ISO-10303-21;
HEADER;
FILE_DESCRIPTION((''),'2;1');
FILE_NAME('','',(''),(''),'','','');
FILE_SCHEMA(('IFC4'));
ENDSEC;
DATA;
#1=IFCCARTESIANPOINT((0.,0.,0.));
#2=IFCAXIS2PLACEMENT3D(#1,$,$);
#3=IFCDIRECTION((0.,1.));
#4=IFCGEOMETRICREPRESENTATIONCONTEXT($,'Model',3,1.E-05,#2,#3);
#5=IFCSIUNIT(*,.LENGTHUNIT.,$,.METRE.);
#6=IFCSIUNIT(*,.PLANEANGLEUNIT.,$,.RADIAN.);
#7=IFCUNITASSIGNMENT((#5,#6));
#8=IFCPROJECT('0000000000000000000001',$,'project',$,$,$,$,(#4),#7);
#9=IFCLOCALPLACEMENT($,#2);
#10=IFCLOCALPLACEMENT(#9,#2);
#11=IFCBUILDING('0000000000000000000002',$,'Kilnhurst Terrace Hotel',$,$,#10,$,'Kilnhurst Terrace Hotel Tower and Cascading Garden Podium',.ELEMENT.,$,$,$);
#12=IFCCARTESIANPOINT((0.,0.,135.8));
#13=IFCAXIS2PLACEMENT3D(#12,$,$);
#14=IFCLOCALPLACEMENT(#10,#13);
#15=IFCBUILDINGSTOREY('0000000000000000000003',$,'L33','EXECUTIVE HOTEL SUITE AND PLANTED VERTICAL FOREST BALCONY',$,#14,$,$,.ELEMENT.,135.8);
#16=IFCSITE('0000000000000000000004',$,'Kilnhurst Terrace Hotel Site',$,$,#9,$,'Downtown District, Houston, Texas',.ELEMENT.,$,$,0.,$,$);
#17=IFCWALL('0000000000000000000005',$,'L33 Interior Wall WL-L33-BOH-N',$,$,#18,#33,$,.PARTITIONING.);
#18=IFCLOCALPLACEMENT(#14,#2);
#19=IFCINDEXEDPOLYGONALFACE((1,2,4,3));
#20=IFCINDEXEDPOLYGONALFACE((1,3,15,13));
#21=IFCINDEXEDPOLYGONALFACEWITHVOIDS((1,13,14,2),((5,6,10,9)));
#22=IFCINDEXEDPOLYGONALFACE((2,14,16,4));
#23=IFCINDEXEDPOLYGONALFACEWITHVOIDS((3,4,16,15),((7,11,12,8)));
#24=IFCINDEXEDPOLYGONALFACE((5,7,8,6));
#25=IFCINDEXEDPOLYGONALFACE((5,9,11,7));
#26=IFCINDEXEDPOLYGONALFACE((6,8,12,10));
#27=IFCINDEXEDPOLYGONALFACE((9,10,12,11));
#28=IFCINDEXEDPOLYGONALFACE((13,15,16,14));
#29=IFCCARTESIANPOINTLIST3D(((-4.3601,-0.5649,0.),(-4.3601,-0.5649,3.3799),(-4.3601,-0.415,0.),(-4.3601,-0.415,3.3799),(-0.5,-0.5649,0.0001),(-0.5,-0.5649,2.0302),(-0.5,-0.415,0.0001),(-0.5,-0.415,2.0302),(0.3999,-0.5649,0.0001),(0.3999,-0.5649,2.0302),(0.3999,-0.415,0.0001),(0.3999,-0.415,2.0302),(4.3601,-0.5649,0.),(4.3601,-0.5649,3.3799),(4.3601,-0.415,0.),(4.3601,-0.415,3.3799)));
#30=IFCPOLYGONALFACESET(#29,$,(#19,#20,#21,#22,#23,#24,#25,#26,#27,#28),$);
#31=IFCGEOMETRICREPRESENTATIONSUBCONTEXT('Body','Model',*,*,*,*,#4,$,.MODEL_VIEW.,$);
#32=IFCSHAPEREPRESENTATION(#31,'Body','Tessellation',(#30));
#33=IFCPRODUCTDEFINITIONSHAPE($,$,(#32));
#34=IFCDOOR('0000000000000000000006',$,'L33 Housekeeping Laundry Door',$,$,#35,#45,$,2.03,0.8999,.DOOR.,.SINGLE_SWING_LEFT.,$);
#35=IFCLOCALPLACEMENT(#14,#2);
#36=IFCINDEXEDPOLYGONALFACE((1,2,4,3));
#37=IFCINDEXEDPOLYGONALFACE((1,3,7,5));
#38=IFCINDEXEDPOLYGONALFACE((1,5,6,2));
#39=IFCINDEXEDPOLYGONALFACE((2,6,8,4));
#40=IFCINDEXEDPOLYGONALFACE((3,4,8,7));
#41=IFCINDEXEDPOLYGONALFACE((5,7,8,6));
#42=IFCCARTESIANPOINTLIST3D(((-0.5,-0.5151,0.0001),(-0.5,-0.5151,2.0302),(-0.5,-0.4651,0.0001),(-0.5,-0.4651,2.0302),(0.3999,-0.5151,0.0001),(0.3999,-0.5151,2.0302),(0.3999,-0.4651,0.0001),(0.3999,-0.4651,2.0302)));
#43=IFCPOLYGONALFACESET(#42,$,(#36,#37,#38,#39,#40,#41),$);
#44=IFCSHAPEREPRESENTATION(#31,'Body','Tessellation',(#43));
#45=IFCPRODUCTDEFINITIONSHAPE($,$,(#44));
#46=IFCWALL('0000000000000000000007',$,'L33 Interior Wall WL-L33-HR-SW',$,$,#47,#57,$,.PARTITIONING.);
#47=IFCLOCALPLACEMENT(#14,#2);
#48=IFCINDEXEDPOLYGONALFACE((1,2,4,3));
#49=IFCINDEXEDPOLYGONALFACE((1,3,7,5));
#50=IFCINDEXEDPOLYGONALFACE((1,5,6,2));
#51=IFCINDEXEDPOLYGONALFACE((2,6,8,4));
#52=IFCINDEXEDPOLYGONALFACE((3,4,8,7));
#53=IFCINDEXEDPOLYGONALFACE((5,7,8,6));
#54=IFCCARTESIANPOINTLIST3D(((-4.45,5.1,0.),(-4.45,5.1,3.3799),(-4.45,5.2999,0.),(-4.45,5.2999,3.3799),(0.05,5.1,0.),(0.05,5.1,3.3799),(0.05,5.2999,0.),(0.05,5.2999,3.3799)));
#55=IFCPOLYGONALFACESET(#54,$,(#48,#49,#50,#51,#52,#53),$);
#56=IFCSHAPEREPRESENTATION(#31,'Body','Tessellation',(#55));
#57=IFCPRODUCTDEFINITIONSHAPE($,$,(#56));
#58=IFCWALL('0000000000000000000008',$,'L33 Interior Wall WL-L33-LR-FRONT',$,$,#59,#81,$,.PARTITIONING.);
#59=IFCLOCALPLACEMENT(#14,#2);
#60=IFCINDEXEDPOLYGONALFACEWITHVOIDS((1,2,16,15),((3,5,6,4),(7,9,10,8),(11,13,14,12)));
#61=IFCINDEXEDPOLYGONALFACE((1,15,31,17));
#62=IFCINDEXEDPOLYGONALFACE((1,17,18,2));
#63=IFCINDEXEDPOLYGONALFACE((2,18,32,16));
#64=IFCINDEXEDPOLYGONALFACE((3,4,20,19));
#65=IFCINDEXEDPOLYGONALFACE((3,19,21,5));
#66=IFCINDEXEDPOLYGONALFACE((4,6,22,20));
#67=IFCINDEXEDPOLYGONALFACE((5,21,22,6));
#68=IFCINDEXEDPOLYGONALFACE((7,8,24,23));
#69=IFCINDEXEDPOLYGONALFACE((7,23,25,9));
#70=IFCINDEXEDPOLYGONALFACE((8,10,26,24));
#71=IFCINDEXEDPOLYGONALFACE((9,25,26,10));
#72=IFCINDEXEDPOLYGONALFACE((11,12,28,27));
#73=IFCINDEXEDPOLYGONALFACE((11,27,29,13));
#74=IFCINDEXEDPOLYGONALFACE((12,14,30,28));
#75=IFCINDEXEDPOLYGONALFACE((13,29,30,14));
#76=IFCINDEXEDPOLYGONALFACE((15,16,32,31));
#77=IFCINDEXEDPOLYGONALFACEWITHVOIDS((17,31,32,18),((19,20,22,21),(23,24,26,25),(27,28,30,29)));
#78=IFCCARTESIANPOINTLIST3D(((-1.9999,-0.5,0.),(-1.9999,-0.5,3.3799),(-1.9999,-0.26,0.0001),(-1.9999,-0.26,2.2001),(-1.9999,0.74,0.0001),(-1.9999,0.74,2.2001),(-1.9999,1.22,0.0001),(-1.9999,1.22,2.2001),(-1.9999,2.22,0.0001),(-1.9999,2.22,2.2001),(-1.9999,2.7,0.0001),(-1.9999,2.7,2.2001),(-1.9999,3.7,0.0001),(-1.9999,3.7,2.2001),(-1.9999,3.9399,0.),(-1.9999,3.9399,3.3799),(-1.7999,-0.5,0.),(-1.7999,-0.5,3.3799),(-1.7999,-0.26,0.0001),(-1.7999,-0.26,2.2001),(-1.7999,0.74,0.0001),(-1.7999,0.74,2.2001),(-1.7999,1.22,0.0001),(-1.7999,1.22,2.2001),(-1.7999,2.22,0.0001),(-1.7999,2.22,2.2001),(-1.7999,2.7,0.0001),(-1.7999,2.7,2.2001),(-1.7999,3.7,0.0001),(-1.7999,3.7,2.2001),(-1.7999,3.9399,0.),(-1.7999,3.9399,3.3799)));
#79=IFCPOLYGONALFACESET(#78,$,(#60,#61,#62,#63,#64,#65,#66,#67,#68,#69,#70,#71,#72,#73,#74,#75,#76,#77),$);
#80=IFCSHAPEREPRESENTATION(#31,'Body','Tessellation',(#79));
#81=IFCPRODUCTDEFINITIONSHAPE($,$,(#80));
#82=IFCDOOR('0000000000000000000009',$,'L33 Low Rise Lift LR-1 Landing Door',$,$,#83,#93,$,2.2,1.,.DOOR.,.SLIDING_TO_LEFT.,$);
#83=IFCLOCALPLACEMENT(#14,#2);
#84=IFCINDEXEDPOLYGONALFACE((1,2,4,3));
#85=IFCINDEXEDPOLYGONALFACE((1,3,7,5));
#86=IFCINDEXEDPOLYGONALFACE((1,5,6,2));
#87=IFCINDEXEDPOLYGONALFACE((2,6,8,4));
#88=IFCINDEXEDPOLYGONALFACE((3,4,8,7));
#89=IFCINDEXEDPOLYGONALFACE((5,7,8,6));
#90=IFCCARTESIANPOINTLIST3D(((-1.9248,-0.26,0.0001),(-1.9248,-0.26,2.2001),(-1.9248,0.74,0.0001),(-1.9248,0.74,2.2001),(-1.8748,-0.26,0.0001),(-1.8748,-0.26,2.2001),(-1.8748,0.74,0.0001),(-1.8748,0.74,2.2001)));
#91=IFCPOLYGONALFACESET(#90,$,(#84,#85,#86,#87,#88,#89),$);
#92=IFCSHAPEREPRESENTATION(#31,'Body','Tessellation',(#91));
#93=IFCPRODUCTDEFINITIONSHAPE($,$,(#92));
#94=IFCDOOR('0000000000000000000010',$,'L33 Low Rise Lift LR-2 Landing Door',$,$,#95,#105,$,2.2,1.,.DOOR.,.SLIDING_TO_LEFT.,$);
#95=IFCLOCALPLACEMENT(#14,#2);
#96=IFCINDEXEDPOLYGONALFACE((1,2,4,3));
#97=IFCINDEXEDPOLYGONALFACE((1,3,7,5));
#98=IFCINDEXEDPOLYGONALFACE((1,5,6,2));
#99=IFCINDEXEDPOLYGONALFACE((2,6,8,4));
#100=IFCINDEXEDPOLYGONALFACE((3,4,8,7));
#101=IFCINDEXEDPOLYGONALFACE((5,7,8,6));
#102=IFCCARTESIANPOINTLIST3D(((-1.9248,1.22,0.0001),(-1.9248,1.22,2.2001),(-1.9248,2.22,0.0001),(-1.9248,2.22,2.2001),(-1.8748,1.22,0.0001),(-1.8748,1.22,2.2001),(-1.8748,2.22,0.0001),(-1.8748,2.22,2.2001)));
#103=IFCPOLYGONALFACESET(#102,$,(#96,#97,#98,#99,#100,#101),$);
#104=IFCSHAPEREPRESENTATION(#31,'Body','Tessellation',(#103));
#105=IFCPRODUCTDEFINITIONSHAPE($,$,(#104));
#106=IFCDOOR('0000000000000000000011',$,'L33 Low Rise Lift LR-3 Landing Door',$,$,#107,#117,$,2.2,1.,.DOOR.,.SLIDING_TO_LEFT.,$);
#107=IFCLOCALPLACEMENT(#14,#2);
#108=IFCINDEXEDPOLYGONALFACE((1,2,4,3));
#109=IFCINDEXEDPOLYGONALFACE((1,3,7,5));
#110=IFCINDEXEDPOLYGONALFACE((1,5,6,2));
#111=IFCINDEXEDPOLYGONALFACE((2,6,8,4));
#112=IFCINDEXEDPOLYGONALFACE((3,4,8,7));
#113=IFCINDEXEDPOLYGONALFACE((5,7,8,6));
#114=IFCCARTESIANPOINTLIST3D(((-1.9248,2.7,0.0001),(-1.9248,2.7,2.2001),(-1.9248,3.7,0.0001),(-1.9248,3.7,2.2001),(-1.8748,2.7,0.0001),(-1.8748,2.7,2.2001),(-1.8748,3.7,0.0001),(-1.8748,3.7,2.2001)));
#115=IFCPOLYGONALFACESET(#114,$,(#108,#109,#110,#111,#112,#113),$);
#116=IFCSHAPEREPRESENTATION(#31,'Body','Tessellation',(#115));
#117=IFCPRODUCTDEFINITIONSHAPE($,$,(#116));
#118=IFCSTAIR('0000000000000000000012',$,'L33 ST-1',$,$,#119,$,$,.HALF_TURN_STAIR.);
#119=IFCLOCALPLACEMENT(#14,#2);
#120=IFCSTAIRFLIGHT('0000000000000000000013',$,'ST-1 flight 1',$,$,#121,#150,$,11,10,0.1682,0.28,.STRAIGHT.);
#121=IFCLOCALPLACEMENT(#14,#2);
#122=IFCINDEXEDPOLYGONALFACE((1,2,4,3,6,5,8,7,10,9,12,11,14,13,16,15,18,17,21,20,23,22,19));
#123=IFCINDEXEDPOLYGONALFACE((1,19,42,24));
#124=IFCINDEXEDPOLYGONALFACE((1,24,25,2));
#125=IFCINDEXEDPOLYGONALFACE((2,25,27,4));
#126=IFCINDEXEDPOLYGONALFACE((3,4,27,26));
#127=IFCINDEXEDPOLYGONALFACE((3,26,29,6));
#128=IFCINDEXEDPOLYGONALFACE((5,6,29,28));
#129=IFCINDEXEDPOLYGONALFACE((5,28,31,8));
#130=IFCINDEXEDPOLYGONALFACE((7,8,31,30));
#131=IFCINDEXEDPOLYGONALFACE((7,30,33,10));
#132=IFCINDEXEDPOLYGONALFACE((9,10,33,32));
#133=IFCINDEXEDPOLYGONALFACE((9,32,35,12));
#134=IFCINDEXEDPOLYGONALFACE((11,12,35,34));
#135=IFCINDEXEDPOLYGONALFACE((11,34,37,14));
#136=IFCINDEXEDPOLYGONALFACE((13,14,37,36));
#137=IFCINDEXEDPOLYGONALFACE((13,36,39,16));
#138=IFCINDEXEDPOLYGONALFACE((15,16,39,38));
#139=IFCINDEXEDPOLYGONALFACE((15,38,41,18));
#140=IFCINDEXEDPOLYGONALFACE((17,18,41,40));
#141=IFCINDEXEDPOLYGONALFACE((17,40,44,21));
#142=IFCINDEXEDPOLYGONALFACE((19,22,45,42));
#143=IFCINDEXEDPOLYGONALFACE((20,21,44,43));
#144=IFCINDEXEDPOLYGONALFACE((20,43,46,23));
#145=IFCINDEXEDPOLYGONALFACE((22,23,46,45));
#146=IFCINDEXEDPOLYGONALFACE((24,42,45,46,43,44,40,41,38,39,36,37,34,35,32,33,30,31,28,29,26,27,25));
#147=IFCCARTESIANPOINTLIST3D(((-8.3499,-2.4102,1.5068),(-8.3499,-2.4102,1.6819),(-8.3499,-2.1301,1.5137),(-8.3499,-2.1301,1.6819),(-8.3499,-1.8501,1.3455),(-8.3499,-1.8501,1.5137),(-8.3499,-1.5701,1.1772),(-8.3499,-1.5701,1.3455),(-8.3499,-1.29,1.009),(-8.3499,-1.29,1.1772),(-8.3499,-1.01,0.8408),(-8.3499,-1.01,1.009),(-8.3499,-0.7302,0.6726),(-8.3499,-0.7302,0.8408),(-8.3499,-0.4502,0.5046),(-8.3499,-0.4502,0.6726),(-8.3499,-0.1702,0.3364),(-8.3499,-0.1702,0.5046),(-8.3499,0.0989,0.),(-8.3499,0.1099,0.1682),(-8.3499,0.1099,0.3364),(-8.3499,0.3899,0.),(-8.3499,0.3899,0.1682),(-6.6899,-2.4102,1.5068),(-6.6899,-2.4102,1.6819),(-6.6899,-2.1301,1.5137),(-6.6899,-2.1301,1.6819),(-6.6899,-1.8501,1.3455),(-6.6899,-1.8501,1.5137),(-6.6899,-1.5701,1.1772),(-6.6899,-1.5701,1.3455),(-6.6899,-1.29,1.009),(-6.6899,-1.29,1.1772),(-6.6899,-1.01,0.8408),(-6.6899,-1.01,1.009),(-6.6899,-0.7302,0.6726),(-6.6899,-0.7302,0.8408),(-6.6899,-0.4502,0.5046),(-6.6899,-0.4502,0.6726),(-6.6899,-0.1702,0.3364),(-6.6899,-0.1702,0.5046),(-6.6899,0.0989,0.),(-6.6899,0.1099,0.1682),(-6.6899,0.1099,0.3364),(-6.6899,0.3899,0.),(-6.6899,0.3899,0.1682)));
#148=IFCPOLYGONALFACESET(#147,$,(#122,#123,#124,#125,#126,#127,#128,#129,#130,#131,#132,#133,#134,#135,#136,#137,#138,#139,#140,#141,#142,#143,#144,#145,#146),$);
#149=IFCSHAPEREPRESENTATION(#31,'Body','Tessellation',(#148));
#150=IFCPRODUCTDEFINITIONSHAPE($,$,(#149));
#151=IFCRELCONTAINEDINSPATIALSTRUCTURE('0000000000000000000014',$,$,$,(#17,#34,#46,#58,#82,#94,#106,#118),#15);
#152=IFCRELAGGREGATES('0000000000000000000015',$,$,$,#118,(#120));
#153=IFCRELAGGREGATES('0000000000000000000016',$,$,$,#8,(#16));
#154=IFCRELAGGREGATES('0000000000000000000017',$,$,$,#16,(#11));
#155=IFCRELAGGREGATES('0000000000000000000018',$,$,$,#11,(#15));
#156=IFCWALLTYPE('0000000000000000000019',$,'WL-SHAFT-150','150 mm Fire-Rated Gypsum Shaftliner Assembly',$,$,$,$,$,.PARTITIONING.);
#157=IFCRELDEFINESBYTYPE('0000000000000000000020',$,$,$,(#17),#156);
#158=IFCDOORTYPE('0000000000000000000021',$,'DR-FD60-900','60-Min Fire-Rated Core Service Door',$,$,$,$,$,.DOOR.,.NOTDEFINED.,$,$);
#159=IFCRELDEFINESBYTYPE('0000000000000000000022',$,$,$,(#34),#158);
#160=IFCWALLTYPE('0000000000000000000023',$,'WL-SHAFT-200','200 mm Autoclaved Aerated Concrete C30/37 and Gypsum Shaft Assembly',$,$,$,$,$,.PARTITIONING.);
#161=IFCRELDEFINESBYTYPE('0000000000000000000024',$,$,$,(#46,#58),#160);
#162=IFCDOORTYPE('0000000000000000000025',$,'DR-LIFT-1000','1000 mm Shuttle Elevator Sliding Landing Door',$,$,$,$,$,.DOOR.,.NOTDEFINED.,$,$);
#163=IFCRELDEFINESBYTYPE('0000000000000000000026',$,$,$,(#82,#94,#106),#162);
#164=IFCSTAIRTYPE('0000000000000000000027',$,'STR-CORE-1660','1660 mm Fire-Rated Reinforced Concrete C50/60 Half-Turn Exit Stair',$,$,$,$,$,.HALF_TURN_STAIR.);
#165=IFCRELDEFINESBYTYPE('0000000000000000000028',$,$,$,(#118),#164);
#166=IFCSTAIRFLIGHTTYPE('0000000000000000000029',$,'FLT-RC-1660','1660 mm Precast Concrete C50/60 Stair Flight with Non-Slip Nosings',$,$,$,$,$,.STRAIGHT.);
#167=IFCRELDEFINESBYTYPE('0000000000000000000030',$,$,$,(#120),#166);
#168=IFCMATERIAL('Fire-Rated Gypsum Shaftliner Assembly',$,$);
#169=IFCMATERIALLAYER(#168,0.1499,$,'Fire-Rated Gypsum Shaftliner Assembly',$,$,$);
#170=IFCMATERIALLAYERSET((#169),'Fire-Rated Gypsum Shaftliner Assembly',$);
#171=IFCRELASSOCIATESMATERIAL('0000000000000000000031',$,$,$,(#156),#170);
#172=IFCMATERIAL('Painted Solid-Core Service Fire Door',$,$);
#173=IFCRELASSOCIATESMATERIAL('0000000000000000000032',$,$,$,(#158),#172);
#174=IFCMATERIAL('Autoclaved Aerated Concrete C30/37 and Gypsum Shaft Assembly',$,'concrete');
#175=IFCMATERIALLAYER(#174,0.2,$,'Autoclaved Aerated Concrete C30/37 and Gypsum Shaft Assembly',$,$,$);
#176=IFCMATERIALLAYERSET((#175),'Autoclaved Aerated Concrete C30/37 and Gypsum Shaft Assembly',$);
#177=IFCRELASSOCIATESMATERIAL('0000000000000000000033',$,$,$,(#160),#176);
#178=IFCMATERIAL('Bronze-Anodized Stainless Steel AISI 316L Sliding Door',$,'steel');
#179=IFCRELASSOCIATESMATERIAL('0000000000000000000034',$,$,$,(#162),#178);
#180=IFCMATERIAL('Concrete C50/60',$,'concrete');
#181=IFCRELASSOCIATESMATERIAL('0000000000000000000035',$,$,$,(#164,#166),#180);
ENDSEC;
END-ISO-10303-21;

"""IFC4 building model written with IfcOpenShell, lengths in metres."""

from ifc_helpers import new_model, si_unit, direction, frame, frame_2d, origin, place, context, subcontext, project, spatial, polyline, rectangle, outline, extrude, material, layer, layer_set, type_object, element, fill, aggregate, save


model = new_model("IFC4")

# Units and contexts
model_context = context("Model", 3, precision=1e-05, world=origin(), true_north=direction((0.0, 1.0)))
body_context = subcontext(model_context, "Body", "Model", "MODEL_VIEW")
ifc_project = project(units=[si_unit("LENGTHUNIT", "METRE"), si_unit("PLANEANGLEUNIT", "RADIAN")], contexts=[model_context])

# Site, building, storey
site_placement = place(None, origin())
site = spatial("IfcSite", under=ifc_project, at=site_placement, Name="Kilnhurst Terrace Hotel Site", LongName="Downtown District, Houston, Texas", CompositionType="ELEMENT", RefElevation=0.0)
building_placement = place(site_placement, origin())
building = spatial("IfcBuilding", under=site, at=building_placement, Name="Kilnhurst Terrace Hotel", LongName="Kilnhurst Terrace Hotel Tower and Cascading Garden Podium", CompositionType="ELEMENT")
storey_placement = place(building_placement, frame((0.0, 0.0, 135.8)))
storey = spatial("IfcBuildingStorey", under=building, at=storey_placement, Name="L33", Description="EXECUTIVE HOTEL SUITE AND PLANTED VERTICAL FOREST BALCONY", CompositionType="ELEMENT", Elevation=135.8)

# Shared definitions
ifc_material_1 = material(Name="Concrete C50/60", Category="concrete")

# Shared definitions
ifc_material_2 = material(Name="Fire-Rated Gypsum Shaftliner Assembly")
ifc_layer_1 = layer(ifc_material_2, 0.1499, Name="Fire-Rated Gypsum Shaftliner Assembly")
ifc_layer_set_1 = layer_set([ifc_layer_1], Name="Fire-Rated Gypsum Shaftliner Assembly")
wall_type_1 = type_object("IfcWallType", Name="WL-SHAFT-150", Description="150 mm Fire-Rated Gypsum Shaftliner Assembly", PredefinedType="PARTITIONING", material=ifc_layer_set_1)

# Wall, opening, door
wall_1_placement = place(storey_placement, frame((-4.3601, -0.49, 0.0), z_axis=(0.0, 0.0, 1.0), x_axis=(1.0, 0.0, 0.0)))
wall_1 = element("IfcWall", 1, at=wall_1_placement, inside=storey, type_object=wall_type_1, Name="L33 Interior Wall WL-L33-BOH-N", PredefinedType="PARTITIONING", context=body_context, shape_type="SweptSolid", body=[
    extrude(rectangle(XDim=8.7202, YDim=0.1499, at=frame_2d((4.3601, 0.0))), origin(), (0.0, 0.0, 1.0), 3.3799),
])
opening_1_placement = place(wall_1_placement, frame((3.8601, 0.0, 0.0)))
opening_1 = element("IfcOpeningElement", 2, at=opening_1_placement, cuts=wall_1, PredefinedType="OPENING", context=body_context, shape_type="SweptSolid", body=[
    extrude(rectangle(XDim=0.8999, YDim=2.03, at=frame_2d((0.45, 1.0151))), frame((0.0, 0.085, 0.0), z_axis=(0.0, -1.0, 0.0), x_axis=(1.0, 0.0, 0.0)), (0.0, 0.0, 1.0), 0.1699),
])
ifc_material_3 = material(Name="Painted Solid-Core Service Fire Door")
door_type_1 = type_object("IfcDoorType", Name="DR-FD60-900", Description="60-Min Fire-Rated Core Service Door", OperationType="NOTDEFINED", PredefinedType="DOOR", material=ifc_material_3)
door_1_placement = place(opening_1_placement, origin())
door_1 = element("IfcDoor", 3, at=door_1_placement, inside=storey, type_object=door_type_1, Name="L33 Housekeeping Laundry Door", OperationType="SINGLE_SWING_LEFT", OverallHeight=2.03, OverallWidth=0.8999, PredefinedType="DOOR", context=body_context, shape_type="SweptSolid", body=[
    extrude(rectangle(XDim=0.8999, YDim=2.03, at=frame_2d((0.45, 1.0151))), frame((0.0, 0.0249, 0.0), z_axis=(0.0, -1.0, 0.0), x_axis=(1.0, 0.0, 0.0)), (0.0, 0.0, 1.0), 0.05),
])
fill(opening_1, door_1)

# Wall
ifc_material_4 = material(Name="Autoclaved Aerated Concrete C30/37 and Gypsum Shaft Assembly", Category="concrete")
ifc_layer_2 = layer(ifc_material_4, 0.2, Name="Autoclaved Aerated Concrete C30/37 and Gypsum Shaft Assembly")
ifc_layer_set_2 = layer_set([ifc_layer_2], Name="Autoclaved Aerated Concrete C30/37 and Gypsum Shaft Assembly")
wall_type_2 = type_object("IfcWallType", Name="WL-SHAFT-200", Description="200 mm Autoclaved Aerated Concrete C30/37 and Gypsum Shaft Assembly", PredefinedType="PARTITIONING", material=ifc_layer_set_2)
wall_2_placement = place(storey_placement, frame((-4.45, 5.2, 0.0), z_axis=(0.0, 0.0, 1.0), x_axis=(1.0, 0.0, 0.0)))
element("IfcWall", 4, at=wall_2_placement, inside=storey, type_object=wall_type_2, Name="L33 Interior Wall WL-L33-HR-SW", PredefinedType="PARTITIONING", context=body_context, shape_type="SweptSolid", body=[
    extrude(rectangle(XDim=4.5, YDim=0.2, at=frame_2d((2.25, 0.0))), origin(), (0.0, 0.0, 1.0), 3.3799),
])

# Wall, openings, doors
wall_3_placement = place(storey_placement, frame((-1.8999, -0.5, 0.0), z_axis=(0.0, 0.0, 1.0), x_axis=(0.0, 1.0, 0.0)))
wall_3 = element("IfcWall", 5, at=wall_3_placement, inside=storey, type_object=wall_type_2, Name="L33 Interior Wall WL-L33-LR-FRONT", PredefinedType="PARTITIONING", context=body_context, shape_type="SweptSolid", body=[
    extrude(rectangle(XDim=4.4399, YDim=0.2, at=frame_2d((2.22, 0.0))), origin(), (0.0, 0.0, 1.0), 3.3799),
])
opening_2_placement = place(wall_3_placement, frame((0.24, 0.0, 0.0)))
opening_2 = element("IfcOpeningElement", 6, at=opening_2_placement, cuts=wall_3, PredefinedType="OPENING", context=body_context, shape_type="SweptSolid", body=[
    extrude(rectangle(XDim=1.0, YDim=2.2, at=frame_2d((0.5, 1.1001))), frame((0.0, 0.1099, 0.0), z_axis=(0.0, -1.0, 0.0), x_axis=(1.0, 0.0, 0.0)), (0.0, 0.0, 1.0), 0.22),
])
opening_3_placement = place(wall_3_placement, frame((1.72, 0.0, 0.0)))
opening_3 = element("IfcOpeningElement", 7, at=opening_3_placement, cuts=wall_3, PredefinedType="OPENING", context=body_context, shape_type="SweptSolid", body=[
    extrude(rectangle(XDim=1.0, YDim=2.2, at=frame_2d((0.5, 1.1001))), frame((0.0, 0.1099, 0.0), z_axis=(0.0, -1.0, 0.0), x_axis=(1.0, 0.0, 0.0)), (0.0, 0.0, 1.0), 0.22),
])
opening_4_placement = place(wall_3_placement, frame((3.2, 0.0, 0.0)))
opening_4 = element("IfcOpeningElement", 8, at=opening_4_placement, cuts=wall_3, PredefinedType="OPENING", context=body_context, shape_type="SweptSolid", body=[
    extrude(rectangle(XDim=1.0, YDim=2.2, at=frame_2d((0.5, 1.1001))), frame((0.0, 0.1099, 0.0), z_axis=(0.0, -1.0, 0.0), x_axis=(1.0, 0.0, 0.0)), (0.0, 0.0, 1.0), 0.22),
])
ifc_material_5 = material(Name="Bronze-Anodized Stainless Steel AISI 316L Sliding Door", Category="steel")
door_type_2 = type_object("IfcDoorType", Name="DR-LIFT-1000", Description="1000 mm Shuttle Elevator Sliding Landing Door", OperationType="NOTDEFINED", PredefinedType="DOOR", material=ifc_material_5)
door_2_placement = place(opening_2_placement, origin())
door_2 = element("IfcDoor", 9, at=door_2_placement, inside=storey, type_object=door_type_2, Name="L33 Low Rise Lift LR-1 Landing Door", OperationType="SLIDING_TO_LEFT", OverallHeight=2.2, OverallWidth=1.0, PredefinedType="DOOR", context=body_context, shape_type="SweptSolid", body=[
    extrude(rectangle(XDim=1.0, YDim=2.2, at=frame_2d((0.5, 1.1001))), frame((0.0, 0.0249, 0.0), z_axis=(0.0, -1.0, 0.0), x_axis=(1.0, 0.0, 0.0)), (0.0, 0.0, 1.0), 0.05),
])
fill(opening_2, door_2)
door_3_placement = place(opening_3_placement, origin())
door_3 = element("IfcDoor", 10, at=door_3_placement, inside=storey, type_object=door_type_2, Name="L33 Low Rise Lift LR-2 Landing Door", OperationType="SLIDING_TO_LEFT", OverallHeight=2.2, OverallWidth=1.0, PredefinedType="DOOR", context=body_context, shape_type="SweptSolid", body=[
    extrude(rectangle(XDim=1.0, YDim=2.2, at=frame_2d((0.5, 1.1001))), frame((0.0, 0.0249, 0.0), z_axis=(0.0, -1.0, 0.0), x_axis=(1.0, 0.0, 0.0)), (0.0, 0.0, 1.0), 0.05),
])
fill(opening_3, door_3)
door_4_placement = place(opening_4_placement, origin())
door_4 = element("IfcDoor", 11, at=door_4_placement, inside=storey, type_object=door_type_2, Name="L33 Low Rise Lift LR-3 Landing Door", OperationType="SLIDING_TO_LEFT", OverallHeight=2.2, OverallWidth=1.0, PredefinedType="DOOR", context=body_context, shape_type="SweptSolid", body=[
    extrude(rectangle(XDim=1.0, YDim=2.2, at=frame_2d((0.5, 1.1001))), frame((0.0, 0.0249, 0.0), z_axis=(0.0, -1.0, 0.0), x_axis=(1.0, 0.0, 0.0)), (0.0, 0.0, 1.0), 0.05),
])
fill(opening_4, door_4)

# Stair, stair flight
stair_type = type_object("IfcStairType", Name="STR-CORE-1660", Description="1660 mm Fire-Rated Reinforced Concrete C50/60 Half-Turn Exit Stair", PredefinedType="HALF_TURN_STAIR", material=ifc_material_1)
stair_placement = place(storey_placement, origin())
stair = element("IfcStair", 12, at=stair_placement, inside=storey, type_object=stair_type, Name="L33 ST-1", PredefinedType="HALF_TURN_STAIR")
stair_flight_type = type_object("IfcStairFlightType", Name="FLT-RC-1660", Description="1660 mm Precast Concrete C50/60 Stair Flight with Non-Slip Nosings", PredefinedType="STRAIGHT", material=ifc_material_1)
stair_flight_placement = place(storey_placement, frame((-7.52, 0.3899, 0.0), z_axis=(0.0, 0.0, 1.0), x_axis=(0.0, -1.0, 0.0)))
stair_flight = element("IfcStairFlight", 13, at=stair_flight_placement, type_object=stair_flight_type, Name="ST-1 flight 1", NumberOfRisers=11, NumberOfTreads=10, PredefinedType="STRAIGHT", RiserHeight=0.1682, TreadLength=0.28, context=body_context, shape_type="SweptSolid", body=[
    extrude(outline(polyline([(0.0, 0.0), (0.0, 0.1682), (0.28, 0.1682), (0.28, 0.3364), (0.5601, 0.3364), (0.5601, 0.5046), (0.8401, 0.5046), (0.8401, 0.6726), (1.1201, 0.6726), (1.1201, 0.8408), (1.3999, 0.8408), (1.3999, 1.009), (1.6799, 1.009), (1.6799, 1.1772), (1.96, 1.1772), (1.96, 1.3455), (2.24, 1.3455), (2.24, 1.5137), (2.52, 1.5137), (2.52, 1.6819), (2.8, 1.6819), (2.8, 1.8501), (2.8, 1.5068), (0.291, 0.0), (0.0, 0.0)])), frame((0.0, 0.8301, 0.0), z_axis=(0.0, -1.0, 0.0), x_axis=(1.0, 0.0, 0.0)), (0.0, 0.0, 1.0), 1.6599),
])
aggregate(stair, [stair_flight])

save(model, "model.ifc")
